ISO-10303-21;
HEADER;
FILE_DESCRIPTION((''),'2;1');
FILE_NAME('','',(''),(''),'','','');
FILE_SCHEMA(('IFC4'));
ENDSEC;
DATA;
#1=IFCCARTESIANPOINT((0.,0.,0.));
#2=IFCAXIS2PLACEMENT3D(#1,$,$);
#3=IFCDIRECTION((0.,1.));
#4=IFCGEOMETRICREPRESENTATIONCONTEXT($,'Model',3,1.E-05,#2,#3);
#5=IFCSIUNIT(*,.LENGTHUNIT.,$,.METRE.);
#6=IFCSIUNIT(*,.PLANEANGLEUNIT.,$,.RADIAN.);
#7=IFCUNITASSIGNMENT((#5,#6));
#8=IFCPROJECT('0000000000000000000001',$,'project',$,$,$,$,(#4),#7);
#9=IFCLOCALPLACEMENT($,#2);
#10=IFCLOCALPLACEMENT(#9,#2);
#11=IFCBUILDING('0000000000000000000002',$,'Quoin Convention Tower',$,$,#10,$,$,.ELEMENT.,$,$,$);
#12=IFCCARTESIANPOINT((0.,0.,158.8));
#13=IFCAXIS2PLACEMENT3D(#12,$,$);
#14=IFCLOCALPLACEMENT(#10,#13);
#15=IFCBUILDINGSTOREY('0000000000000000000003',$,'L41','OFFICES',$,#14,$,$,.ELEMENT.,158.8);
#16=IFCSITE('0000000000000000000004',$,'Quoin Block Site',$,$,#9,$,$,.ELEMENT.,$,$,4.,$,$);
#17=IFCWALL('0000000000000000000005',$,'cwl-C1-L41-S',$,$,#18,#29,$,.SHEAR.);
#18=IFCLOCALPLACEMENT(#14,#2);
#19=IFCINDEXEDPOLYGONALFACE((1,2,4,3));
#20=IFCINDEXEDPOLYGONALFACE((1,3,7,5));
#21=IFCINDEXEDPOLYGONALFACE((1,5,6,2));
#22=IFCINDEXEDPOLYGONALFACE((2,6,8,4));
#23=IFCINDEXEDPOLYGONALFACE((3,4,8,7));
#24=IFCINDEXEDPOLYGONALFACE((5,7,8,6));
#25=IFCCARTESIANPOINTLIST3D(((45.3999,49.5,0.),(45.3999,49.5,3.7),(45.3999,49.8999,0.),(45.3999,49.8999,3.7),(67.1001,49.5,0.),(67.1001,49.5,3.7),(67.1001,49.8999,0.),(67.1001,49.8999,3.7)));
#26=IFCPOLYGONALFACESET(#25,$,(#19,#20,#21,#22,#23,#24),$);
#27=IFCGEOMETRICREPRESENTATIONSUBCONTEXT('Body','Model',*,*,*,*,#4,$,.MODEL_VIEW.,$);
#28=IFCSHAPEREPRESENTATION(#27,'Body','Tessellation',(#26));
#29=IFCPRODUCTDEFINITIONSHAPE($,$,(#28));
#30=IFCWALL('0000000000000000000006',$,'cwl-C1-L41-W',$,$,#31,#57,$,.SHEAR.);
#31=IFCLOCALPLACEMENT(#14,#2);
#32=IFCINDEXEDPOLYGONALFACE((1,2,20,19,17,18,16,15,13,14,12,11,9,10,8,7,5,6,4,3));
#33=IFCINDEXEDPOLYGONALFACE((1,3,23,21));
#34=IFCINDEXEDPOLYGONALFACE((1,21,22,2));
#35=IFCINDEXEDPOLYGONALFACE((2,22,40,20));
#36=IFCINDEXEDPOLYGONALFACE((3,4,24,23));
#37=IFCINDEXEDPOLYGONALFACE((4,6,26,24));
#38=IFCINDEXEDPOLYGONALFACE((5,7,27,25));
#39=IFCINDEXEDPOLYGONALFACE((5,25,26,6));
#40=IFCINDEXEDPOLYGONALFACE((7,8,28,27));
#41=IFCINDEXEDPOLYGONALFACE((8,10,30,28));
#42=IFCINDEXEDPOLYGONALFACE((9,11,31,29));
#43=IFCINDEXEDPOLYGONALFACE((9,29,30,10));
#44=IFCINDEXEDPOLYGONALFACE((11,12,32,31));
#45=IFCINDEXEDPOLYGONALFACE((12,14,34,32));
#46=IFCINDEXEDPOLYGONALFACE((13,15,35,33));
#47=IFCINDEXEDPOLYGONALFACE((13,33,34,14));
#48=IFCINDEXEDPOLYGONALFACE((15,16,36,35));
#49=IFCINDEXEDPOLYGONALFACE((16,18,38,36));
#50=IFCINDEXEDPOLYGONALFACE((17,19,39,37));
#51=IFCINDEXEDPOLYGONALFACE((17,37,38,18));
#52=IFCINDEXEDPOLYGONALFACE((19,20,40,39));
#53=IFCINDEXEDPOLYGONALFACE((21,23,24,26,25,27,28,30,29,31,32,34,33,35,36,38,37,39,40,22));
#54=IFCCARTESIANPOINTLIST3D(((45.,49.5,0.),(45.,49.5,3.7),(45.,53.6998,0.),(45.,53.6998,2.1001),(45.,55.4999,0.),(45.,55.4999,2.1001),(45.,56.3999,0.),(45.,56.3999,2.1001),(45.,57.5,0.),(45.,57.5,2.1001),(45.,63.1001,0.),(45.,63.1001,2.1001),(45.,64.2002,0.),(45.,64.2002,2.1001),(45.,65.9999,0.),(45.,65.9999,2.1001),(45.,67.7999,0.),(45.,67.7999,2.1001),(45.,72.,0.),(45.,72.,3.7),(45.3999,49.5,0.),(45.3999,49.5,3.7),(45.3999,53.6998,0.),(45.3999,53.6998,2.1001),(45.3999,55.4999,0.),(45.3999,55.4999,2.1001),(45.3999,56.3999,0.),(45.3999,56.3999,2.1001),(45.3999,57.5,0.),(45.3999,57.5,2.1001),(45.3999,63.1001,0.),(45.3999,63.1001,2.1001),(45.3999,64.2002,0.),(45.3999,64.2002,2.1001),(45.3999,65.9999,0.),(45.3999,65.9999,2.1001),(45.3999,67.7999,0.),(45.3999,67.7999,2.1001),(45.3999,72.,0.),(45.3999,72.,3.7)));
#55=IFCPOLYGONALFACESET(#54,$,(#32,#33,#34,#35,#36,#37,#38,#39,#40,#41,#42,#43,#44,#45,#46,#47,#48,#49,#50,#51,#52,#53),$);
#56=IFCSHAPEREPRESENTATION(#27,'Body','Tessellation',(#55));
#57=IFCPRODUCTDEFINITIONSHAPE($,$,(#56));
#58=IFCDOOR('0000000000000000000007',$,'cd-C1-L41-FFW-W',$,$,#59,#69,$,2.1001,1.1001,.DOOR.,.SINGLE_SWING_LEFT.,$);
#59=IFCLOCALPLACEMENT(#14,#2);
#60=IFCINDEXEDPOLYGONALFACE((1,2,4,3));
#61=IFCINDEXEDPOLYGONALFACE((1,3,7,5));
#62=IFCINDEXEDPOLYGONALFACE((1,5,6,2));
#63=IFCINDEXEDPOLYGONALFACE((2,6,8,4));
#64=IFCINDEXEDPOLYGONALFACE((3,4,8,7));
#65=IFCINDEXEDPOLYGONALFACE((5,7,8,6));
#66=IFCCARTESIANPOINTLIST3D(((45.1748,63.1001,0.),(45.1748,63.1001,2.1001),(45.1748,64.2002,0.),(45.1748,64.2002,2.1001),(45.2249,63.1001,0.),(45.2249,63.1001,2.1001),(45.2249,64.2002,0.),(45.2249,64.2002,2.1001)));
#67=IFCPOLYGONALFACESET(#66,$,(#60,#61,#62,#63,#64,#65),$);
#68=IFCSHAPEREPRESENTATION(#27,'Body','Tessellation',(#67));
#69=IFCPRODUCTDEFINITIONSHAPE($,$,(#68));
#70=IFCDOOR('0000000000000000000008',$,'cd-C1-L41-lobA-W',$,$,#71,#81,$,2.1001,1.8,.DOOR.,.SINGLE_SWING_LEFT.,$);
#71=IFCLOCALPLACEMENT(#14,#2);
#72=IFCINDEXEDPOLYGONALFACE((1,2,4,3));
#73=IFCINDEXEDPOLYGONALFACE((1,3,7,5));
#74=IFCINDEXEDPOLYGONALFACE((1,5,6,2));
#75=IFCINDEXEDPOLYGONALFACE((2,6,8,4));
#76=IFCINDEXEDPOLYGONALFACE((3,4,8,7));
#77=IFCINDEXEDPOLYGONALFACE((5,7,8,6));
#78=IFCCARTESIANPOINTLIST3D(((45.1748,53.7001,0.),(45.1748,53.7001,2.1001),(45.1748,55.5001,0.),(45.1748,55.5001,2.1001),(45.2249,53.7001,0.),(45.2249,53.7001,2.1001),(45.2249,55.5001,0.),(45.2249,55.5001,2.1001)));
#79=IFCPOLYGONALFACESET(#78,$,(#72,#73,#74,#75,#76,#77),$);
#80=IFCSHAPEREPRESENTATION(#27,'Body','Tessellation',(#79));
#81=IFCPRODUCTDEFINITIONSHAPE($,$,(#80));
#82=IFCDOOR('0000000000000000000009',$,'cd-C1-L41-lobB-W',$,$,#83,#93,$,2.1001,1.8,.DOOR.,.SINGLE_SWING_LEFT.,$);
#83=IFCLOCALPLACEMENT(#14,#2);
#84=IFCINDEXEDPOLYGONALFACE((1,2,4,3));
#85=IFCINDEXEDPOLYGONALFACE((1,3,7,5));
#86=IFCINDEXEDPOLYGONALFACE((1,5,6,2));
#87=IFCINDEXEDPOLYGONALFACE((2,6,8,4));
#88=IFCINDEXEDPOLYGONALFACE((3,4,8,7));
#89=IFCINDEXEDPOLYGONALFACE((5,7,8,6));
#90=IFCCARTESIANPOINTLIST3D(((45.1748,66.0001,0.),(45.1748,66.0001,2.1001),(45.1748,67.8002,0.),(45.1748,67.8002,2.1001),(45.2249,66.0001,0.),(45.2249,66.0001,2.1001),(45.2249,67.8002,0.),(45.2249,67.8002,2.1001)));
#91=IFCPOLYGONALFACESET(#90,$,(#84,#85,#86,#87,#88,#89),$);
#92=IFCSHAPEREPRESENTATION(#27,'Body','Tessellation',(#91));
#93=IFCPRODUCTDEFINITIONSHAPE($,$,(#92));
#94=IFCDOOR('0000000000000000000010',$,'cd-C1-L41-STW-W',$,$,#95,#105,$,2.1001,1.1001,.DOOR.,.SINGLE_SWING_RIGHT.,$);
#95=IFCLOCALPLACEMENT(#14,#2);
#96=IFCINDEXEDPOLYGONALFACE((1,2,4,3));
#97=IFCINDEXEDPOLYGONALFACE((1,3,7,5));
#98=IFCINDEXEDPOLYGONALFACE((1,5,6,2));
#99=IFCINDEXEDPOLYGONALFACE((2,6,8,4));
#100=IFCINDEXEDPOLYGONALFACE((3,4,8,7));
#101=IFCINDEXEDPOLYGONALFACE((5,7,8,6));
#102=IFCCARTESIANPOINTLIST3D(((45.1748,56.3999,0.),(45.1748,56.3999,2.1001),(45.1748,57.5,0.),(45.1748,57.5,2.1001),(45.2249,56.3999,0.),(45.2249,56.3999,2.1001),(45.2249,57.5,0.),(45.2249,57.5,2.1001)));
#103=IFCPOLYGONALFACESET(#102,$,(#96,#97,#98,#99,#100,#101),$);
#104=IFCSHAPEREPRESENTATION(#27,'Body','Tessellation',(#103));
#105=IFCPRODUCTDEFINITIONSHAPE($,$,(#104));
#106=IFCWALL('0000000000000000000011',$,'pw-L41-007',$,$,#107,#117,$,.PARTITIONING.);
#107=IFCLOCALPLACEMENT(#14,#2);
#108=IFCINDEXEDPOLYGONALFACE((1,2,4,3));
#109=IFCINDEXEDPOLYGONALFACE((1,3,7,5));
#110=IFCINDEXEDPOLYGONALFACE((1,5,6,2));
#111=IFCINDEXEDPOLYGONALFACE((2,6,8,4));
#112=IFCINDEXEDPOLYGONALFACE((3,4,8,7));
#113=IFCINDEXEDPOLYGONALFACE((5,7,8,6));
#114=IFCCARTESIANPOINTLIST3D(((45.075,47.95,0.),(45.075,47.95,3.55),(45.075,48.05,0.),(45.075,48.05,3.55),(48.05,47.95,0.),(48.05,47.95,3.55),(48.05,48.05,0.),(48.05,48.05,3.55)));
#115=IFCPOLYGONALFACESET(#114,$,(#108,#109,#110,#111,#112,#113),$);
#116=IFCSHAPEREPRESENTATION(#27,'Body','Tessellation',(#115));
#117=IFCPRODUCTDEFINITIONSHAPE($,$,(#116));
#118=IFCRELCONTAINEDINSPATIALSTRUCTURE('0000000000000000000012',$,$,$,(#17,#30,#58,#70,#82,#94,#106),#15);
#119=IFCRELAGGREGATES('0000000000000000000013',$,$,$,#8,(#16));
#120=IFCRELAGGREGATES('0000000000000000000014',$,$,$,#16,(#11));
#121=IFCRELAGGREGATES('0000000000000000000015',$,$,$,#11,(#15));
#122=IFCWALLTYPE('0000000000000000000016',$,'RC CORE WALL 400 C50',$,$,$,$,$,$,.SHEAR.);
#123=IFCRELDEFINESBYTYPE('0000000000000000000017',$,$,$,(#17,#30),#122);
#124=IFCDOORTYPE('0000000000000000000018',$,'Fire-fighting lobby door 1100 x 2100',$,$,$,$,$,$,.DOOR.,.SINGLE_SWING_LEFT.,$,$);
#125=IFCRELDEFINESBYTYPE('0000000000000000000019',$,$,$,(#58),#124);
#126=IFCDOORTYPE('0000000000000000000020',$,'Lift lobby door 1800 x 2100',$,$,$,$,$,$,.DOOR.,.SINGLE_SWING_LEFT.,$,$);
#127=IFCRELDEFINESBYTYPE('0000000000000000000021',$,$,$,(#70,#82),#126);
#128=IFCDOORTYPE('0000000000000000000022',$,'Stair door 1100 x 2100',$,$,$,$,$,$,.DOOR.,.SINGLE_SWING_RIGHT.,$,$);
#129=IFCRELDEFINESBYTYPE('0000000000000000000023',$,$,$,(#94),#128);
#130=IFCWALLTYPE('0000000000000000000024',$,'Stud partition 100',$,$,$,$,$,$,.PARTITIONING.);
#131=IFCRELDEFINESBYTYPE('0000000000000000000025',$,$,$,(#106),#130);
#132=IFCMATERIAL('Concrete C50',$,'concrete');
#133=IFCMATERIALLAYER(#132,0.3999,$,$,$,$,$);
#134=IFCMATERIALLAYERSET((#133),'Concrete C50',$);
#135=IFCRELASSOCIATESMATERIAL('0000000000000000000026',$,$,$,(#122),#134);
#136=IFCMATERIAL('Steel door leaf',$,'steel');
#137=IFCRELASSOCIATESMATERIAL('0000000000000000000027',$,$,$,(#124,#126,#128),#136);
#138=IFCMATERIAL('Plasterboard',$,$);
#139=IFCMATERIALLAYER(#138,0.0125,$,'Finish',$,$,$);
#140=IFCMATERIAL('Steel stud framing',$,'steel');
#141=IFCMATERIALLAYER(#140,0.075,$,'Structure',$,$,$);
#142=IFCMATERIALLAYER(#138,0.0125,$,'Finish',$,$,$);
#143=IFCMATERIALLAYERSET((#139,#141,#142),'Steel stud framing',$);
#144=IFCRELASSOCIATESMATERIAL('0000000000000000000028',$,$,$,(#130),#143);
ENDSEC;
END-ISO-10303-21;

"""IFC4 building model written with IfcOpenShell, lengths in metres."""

from ifc_helpers import new_model, si_unit, direction, frame, frame_2d, origin, place, context, subcontext, project, spatial, rectangle, extrude, material, layer, layer_set, type_object, element, fill, save


model = new_model("IFC4")

# Units and contexts
model_context = context("Model", 3, precision=1e-05, world=origin(), true_north=direction((0.0, 1.0)))
body_context = subcontext(model_context, "Body", "Model", "MODEL_VIEW")
ifc_project = project(units=[si_unit("LENGTHUNIT", "METRE"), si_unit("PLANEANGLEUNIT", "RADIAN")], contexts=[model_context])

# Site, building, storey
site_placement = place(None, origin())
site = spatial("IfcSite", under=ifc_project, at=site_placement, Name="Quoin Block Site", CompositionType="ELEMENT", RefElevation=4.0)
building_placement = place(site_placement, origin())
building = spatial("IfcBuilding", under=site, at=building_placement, Name="Quoin Convention Tower", CompositionType="ELEMENT")
storey_placement = place(building_placement, frame((0.0, 0.0, 158.8)))
storey = spatial("IfcBuildingStorey", under=building, at=storey_placement, Name="L41", Description="OFFICES", CompositionType="ELEMENT", Elevation=158.8)

# Shared definitions
ifc_material_1 = material(Name="Plasterboard")
ifc_material_2 = material(Name="Steel stud framing", Category="steel")
ifc_material_3 = material(Name="Steel door leaf", Category="steel")

# Wall
ifc_material_4 = material(Name="Concrete C50", Category="concrete")
ifc_layer_1 = layer(ifc_material_4, 0.3999)
ifc_layer_set_1 = layer_set([ifc_layer_1], Name="Concrete C50")
wall_type_1 = type_object("IfcWallType", Name="RC CORE WALL 400 C50", PredefinedType="SHEAR", material=ifc_layer_set_1)
wall_1_placement = place(storey_placement, frame((45.3999, 49.7, 0.0), z_axis=(0.0, 0.0, 1.0), x_axis=(1.0, 0.0, 0.0)))
element("IfcWall", 1, at=wall_1_placement, inside=storey, type_object=wall_type_1, Name="cwl-C1-L41-S", PredefinedType="SHEAR", context=body_context, shape_type="SweptSolid", body=[
    extrude(rectangle(XDim=21.7002, YDim=0.3999, at=frame_2d((10.8501, 0.0))), origin(), (0.0, 0.0, 1.0), 3.7),
])

# Wall, openings, doors
wall_2_placement = place(storey_placement, frame((45.2, 49.5, 0.0), z_axis=(0.0, 0.0, 1.0), x_axis=(0.0, 1.0, 0.0)))
wall_2 = element("IfcWall", 2, at=wall_2_placement, inside=storey, type_object=wall_type_1, Name="cwl-C1-L41-W", PredefinedType="SHEAR", context=body_context, shape_type="SweptSolid", body=[
    extrude(rectangle(XDim=22.5, YDim=0.3999, at=frame_2d((11.25, 0.0))), origin(), (0.0, 0.0, 1.0), 3.7),
])
opening_1_placement = place(wall_2_placement, frame((4.2, 0.0, 0.0)))
opening_1 = element("IfcOpeningElement", 3, at=opening_1_placement, cuts=wall_2, PredefinedType="OPENING", context=body_context, shape_type="SweptSolid", body=[
    extrude(rectangle(XDim=1.8, YDim=2.1001, at=frame_2d((0.8999, 1.05))), frame((0.0, 0.21, 0.0), z_axis=(0.0, -1.0, 0.0), x_axis=(1.0, 0.0, 0.0)), (0.0, 0.0, 1.0), 0.4199),
])
opening_2_placement = place(wall_2_placement, frame((6.8999, 0.0, 0.0)))
opening_2 = element("IfcOpeningElement", 4, at=opening_2_placement, cuts=wall_2, PredefinedType="OPENING", context=body_context, shape_type="SweptSolid", body=[
    extrude(rectangle(XDim=1.1001, YDim=2.1001, at=frame_2d((0.55, 1.05))), frame((0.0, 0.21, 0.0), z_axis=(0.0, -1.0, 0.0), x_axis=(1.0, 0.0, 0.0)), (0.0, 0.0, 1.0), 0.4199),
])
opening_3_placement = place(wall_2_placement, frame((13.6001, 0.0, 0.0)))
opening_3 = element("IfcOpeningElement", 5, at=opening_3_placement, cuts=wall_2, PredefinedType="OPENING", context=body_context, shape_type="SweptSolid", body=[
    extrude(rectangle(XDim=1.1001, YDim=2.1001, at=frame_2d((0.55, 1.05))), frame((0.0, 0.21, 0.0), z_axis=(0.0, -1.0, 0.0), x_axis=(1.0, 0.0, 0.0)), (0.0, 0.0, 1.0), 0.4199),
])
opening_4_placement = place(wall_2_placement, frame((16.5, 0.0, 0.0)))
opening_4 = element("IfcOpeningElement", 6, at=opening_4_placement, cuts=wall_2, PredefinedType="OPENING", context=body_context, shape_type="SweptSolid", body=[
    extrude(rectangle(XDim=1.8, YDim=2.1001, at=frame_2d((0.8999, 1.05))), frame((0.0, 0.21, 0.0), z_axis=(0.0, -1.0, 0.0), x_axis=(1.0, 0.0, 0.0)), (0.0, 0.0, 1.0), 0.4199),
])
door_type_1 = type_object("IfcDoorType", Name="Fire-fighting lobby door 1100 x 2100", OperationType="SINGLE_SWING_LEFT", PredefinedType="DOOR", material=ifc_material_3)
door_1_placement = place(opening_3_placement, frame((1.1001, 0.0, 0.0), z_axis=(0.0, 0.0, 1.0), x_axis=(-1.0, 0.0, 0.0)))
door_1 = element("IfcDoor", 7, at=door_1_placement, inside=storey, type_object=door_type_1, Name="cd-C1-L41-FFW-W", OperationType="SINGLE_SWING_LEFT", OverallHeight=2.1001, OverallWidth=1.1001, PredefinedType="DOOR", context=body_context, shape_type="SweptSolid", body=[
    extrude(rectangle(XDim=1.1001, YDim=2.1001, at=frame_2d((0.55, 1.05))), frame((0.0, 0.0249, 0.0), z_axis=(0.0, -1.0, 0.0), x_axis=(1.0, 0.0, 0.0)), (0.0, 0.0, 1.0), 0.05),
])
fill(opening_3, door_1)
door_type_2 = type_object("IfcDoorType", Name="Lift lobby door 1800 x 2100", OperationType="SINGLE_SWING_LEFT", PredefinedType="DOOR", material=ifc_material_3)
door_2_placement = place(opening_1_placement, frame((1.8, 0.0, 0.0), z_axis=(0.0, 0.0, 1.0), x_axis=(-1.0, 0.0, 0.0)))
door_2 = element("IfcDoor", 8, at=door_2_placement, inside=storey, type_object=door_type_2, Name="cd-C1-L41-lobA-W", OperationType="SINGLE_SWING_LEFT", OverallHeight=2.1001, OverallWidth=1.8, PredefinedType="DOOR", context=body_context, shape_type="SweptSolid", body=[
    extrude(rectangle(XDim=1.8, YDim=2.1001, at=frame_2d((0.8999, 1.05))), frame((0.0, 0.0249, 0.0), z_axis=(0.0, -1.0, 0.0), x_axis=(1.0, 0.0, 0.0)), (0.0, 0.0, 1.0), 0.05),
])
fill(opening_1, door_2)
door_3_placement = place(opening_4_placement, frame((1.8, 0.0, 0.0), z_axis=(0.0, 0.0, 1.0), x_axis=(-1.0, 0.0, 0.0)))
door_3 = element("IfcDoor", 9, at=door_3_placement, inside=storey, type_object=door_type_2, Name="cd-C1-L41-lobB-W", OperationType="SINGLE_SWING_LEFT", OverallHeight=2.1001, OverallWidth=1.8, PredefinedType="DOOR", context=body_context, shape_type="SweptSolid", body=[
    extrude(rectangle(XDim=1.8, YDim=2.1001, at=frame_2d((0.8999, 1.05))), frame((0.0, 0.0249, 0.0), z_axis=(0.0, -1.0, 0.0), x_axis=(1.0, 0.0, 0.0)), (0.0, 0.0, 1.0), 0.05),
])
fill(opening_4, door_3)
door_type_3 = type_object("IfcDoorType", Name="Stair door 1100 x 2100", OperationType="SINGLE_SWING_RIGHT", PredefinedType="DOOR", material=ifc_material_3)
door_4_placement = place(opening_2_placement, frame((1.1001, 0.0, 0.0), z_axis=(0.0, 0.0, 1.0), x_axis=(-1.0, 0.0, 0.0)))
door_4 = element("IfcDoor", 10, at=door_4_placement, inside=storey, type_object=door_type_3, Name="cd-C1-L41-STW-W", OperationType="SINGLE_SWING_RIGHT", OverallHeight=2.1001, OverallWidth=1.1001, PredefinedType="DOOR", context=body_context, shape_type="SweptSolid", body=[
    extrude(rectangle(XDim=1.1001, YDim=2.1001, at=frame_2d((0.55, 1.05))), frame((0.0, 0.0249, 0.0), z_axis=(0.0, -1.0, 0.0), x_axis=(1.0, 0.0, 0.0)), (0.0, 0.0, 1.0), 0.05),
])
fill(opening_2, door_4)

# Wall
ifc_layer_2 = layer(ifc_material_1, 0.0125, Name="Finish")
ifc_layer_3 = layer(ifc_material_2, 0.075, Name="Structure")
ifc_layer_4 = layer(ifc_material_1, 0.0125, Name="Finish")
ifc_layer_set_2 = layer_set([ifc_layer_2, ifc_layer_3, ifc_layer_4], Name="Steel stud framing")
wall_type_2 = type_object("IfcWallType", Name="Stud partition 100", PredefinedType="PARTITIONING", material=ifc_layer_set_2)
wall_3_placement = place(storey_placement, frame((45.075, 48.0, 0.0), z_axis=(0.0, 0.0, 1.0), x_axis=(1.0, 0.0, 0.0)))
element("IfcWall", 11, at=wall_3_placement, inside=storey, type_object=wall_type_2, Name="pw-L41-007", PredefinedType="PARTITIONING", context=body_context, shape_type="SweptSolid", body=[
    extrude(rectangle(XDim=2.9751, YDim=0.1001, at=frame_2d((1.4875, 0.0))), origin(), (0.0, 0.0, 1.0), 3.55),
])

save(model, "model.ifc")
